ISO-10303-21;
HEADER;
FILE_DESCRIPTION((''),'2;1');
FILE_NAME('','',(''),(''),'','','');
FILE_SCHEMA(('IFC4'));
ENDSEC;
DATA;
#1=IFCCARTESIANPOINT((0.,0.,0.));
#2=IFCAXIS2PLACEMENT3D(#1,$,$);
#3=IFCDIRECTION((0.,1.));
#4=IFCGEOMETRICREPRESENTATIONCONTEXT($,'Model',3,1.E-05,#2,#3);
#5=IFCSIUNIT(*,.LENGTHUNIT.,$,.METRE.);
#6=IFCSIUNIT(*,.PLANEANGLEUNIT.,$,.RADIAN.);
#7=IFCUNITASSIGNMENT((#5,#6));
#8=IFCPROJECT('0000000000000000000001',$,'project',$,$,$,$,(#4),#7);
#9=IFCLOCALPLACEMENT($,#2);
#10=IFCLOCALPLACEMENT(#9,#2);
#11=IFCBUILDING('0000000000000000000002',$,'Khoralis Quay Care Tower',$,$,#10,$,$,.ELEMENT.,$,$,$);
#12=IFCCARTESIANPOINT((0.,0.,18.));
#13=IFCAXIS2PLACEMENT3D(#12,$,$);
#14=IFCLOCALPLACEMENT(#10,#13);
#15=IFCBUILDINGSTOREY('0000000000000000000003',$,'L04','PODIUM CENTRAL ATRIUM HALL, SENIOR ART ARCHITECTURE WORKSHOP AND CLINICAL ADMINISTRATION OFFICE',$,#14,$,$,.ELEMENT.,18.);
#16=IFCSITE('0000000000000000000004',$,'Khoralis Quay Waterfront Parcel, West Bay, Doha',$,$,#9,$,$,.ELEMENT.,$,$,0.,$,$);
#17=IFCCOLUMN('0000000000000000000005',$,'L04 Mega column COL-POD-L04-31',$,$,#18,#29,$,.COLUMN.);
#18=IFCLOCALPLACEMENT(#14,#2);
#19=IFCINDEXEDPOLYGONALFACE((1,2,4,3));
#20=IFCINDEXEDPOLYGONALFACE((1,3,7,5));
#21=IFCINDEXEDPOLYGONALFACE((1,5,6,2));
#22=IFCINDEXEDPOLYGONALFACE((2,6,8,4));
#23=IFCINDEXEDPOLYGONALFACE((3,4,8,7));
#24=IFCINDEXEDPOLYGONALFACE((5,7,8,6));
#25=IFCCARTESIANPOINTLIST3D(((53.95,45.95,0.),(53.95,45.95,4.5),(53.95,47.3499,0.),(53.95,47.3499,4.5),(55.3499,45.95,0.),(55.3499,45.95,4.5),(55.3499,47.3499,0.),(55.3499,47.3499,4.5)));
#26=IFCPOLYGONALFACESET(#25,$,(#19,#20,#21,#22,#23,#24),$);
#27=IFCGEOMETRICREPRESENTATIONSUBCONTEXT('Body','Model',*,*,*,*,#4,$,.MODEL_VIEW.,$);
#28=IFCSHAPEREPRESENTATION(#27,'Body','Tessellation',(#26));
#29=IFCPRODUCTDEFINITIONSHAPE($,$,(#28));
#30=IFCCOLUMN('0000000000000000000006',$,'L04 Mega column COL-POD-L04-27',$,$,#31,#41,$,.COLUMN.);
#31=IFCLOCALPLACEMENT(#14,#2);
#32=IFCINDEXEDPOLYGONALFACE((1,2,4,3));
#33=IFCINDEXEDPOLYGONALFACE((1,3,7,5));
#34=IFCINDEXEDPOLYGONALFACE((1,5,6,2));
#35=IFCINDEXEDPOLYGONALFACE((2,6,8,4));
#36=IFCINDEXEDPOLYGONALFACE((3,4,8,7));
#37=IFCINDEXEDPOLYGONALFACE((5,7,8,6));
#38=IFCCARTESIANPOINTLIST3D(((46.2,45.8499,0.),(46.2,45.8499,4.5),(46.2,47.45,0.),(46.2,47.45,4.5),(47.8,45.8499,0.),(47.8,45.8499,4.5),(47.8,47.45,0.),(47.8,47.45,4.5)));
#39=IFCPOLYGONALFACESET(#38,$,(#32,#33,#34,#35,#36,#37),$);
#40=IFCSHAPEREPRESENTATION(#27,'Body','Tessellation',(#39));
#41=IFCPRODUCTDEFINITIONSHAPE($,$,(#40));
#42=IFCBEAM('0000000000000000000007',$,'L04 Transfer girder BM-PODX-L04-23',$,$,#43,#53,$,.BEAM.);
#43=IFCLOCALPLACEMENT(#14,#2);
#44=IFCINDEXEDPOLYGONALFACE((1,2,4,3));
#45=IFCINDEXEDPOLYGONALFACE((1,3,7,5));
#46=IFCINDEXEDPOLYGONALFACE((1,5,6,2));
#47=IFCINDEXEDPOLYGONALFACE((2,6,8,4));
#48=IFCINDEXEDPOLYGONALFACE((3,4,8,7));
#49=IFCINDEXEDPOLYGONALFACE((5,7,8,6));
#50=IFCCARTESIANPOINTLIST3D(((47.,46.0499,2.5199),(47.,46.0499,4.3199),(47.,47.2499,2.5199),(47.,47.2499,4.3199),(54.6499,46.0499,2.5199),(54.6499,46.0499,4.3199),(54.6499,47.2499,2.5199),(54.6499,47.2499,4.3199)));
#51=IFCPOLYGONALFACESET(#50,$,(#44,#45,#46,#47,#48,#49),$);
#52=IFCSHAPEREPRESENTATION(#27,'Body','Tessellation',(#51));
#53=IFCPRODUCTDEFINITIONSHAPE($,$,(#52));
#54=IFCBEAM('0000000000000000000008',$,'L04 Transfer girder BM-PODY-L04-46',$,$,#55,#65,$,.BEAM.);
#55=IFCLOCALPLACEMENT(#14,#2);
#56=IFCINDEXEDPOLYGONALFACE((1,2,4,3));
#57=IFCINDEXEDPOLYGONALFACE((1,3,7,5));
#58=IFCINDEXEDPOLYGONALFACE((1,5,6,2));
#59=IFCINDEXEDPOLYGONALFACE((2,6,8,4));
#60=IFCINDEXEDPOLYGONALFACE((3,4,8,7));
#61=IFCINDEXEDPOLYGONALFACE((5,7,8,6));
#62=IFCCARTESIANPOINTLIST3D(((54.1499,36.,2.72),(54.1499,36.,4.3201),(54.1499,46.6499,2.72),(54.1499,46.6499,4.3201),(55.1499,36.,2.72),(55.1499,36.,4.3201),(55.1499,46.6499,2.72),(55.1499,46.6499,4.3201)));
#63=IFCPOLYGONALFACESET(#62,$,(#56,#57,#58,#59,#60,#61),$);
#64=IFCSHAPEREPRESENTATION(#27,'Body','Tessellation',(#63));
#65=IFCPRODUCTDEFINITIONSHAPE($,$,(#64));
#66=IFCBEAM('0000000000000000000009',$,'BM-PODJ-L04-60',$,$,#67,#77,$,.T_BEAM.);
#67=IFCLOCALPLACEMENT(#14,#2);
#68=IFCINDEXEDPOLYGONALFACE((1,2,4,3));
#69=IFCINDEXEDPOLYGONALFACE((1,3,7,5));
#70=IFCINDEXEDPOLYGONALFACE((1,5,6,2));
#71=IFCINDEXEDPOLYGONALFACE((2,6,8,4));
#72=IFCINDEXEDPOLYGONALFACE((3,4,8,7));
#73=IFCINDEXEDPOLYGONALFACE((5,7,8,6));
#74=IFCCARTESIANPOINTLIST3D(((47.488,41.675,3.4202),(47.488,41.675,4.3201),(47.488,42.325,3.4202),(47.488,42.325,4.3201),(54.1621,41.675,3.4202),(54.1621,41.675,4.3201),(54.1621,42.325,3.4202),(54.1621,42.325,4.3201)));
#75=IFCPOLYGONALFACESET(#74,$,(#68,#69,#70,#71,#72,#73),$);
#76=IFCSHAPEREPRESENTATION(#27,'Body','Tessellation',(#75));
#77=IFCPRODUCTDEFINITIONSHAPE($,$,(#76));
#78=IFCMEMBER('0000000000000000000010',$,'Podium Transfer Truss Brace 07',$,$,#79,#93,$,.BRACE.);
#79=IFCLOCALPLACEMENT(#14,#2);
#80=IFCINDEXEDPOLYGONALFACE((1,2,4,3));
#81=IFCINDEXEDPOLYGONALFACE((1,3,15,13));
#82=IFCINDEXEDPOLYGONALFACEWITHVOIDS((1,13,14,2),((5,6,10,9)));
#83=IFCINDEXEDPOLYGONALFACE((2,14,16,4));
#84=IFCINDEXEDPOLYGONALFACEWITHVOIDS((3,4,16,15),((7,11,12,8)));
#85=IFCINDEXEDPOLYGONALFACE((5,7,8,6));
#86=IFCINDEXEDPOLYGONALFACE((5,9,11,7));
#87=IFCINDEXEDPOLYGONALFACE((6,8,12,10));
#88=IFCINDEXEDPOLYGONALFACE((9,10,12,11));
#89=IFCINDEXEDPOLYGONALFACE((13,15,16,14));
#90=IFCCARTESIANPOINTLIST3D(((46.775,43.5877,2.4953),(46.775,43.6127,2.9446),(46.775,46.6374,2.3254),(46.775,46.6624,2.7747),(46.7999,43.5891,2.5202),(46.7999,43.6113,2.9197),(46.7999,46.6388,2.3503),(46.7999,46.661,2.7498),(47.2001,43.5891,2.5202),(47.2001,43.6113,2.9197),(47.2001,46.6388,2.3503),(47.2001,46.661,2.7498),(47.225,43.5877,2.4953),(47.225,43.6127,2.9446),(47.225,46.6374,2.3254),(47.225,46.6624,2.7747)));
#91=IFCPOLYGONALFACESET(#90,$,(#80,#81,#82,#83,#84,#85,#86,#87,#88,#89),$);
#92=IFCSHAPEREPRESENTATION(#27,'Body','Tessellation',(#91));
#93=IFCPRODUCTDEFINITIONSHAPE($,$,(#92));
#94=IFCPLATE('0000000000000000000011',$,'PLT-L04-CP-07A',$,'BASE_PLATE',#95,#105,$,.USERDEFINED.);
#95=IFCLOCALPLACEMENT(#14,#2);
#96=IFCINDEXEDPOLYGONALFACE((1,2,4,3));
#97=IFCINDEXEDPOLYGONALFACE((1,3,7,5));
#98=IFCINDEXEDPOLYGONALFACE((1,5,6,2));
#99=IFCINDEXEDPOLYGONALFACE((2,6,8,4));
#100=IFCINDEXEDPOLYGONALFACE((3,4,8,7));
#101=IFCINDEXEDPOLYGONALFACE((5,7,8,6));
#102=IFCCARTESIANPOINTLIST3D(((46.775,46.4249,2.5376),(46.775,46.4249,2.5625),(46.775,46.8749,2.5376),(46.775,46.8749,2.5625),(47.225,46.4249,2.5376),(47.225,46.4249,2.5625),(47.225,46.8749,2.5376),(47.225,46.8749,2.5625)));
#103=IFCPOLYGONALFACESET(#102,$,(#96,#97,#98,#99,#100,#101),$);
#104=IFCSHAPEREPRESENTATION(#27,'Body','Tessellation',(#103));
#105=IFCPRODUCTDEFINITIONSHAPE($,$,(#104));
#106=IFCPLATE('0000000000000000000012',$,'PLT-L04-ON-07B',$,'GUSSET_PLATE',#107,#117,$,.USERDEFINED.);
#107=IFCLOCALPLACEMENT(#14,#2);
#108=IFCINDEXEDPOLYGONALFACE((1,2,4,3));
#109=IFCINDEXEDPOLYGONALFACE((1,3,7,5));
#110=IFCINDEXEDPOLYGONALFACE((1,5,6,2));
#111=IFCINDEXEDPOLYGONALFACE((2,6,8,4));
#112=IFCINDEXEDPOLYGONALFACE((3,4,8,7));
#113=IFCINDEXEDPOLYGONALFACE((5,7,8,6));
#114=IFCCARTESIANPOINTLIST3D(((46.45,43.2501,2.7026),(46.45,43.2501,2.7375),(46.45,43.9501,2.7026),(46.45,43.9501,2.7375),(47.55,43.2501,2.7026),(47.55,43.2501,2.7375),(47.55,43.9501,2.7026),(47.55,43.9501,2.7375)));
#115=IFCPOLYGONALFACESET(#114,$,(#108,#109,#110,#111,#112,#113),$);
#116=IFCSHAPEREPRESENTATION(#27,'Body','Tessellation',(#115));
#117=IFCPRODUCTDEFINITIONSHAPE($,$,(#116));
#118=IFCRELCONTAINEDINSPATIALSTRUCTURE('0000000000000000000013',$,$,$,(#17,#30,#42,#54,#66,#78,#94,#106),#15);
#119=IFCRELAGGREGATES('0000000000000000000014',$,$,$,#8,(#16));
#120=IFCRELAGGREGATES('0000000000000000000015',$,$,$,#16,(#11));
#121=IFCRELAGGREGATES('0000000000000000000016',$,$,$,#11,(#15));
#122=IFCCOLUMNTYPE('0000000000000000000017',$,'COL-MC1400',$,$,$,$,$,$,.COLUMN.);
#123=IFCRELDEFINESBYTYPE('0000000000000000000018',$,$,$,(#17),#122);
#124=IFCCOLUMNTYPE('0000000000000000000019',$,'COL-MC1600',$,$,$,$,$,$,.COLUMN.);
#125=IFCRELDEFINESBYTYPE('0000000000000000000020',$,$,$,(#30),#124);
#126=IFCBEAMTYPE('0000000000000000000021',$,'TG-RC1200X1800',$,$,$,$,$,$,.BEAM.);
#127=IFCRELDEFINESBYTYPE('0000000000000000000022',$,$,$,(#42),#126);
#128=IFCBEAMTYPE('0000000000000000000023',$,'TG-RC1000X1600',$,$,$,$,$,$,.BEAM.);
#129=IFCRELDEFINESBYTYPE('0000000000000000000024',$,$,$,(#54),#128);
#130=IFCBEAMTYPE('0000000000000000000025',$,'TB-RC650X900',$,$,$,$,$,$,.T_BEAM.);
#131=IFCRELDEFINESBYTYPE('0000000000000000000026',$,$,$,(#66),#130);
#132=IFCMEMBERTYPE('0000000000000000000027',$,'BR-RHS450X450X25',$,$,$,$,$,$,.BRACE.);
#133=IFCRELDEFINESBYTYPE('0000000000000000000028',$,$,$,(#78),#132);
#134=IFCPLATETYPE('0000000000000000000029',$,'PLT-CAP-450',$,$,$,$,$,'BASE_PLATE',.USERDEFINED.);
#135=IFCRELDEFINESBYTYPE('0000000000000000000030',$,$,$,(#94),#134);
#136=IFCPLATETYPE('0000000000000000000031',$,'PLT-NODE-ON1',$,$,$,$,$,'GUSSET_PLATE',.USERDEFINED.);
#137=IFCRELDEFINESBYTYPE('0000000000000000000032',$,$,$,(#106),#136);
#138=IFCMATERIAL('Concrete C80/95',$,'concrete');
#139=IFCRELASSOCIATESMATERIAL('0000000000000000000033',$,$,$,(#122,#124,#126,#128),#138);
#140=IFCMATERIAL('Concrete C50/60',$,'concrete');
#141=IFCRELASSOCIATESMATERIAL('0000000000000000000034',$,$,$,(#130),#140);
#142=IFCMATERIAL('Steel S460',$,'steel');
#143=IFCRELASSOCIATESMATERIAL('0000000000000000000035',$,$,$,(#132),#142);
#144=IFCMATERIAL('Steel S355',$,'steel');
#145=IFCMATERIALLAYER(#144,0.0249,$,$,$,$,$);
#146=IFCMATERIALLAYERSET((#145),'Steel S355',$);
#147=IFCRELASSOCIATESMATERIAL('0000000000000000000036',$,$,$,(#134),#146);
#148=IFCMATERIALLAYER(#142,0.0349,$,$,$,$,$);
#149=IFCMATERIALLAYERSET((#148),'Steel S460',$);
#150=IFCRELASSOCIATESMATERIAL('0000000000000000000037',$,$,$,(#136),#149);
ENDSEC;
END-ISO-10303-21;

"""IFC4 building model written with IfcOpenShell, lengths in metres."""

from ifc_helpers import new_model, si_unit, direction, frame, origin, origin_2d, place, context, subcontext, project, spatial, rectangle, hollow_rectangle, extrude, source, transform, mapped, material, layer, layer_set, material_profile, profile_set, type_object, element, save


model = new_model("IFC4")

# Units and contexts
model_context = context("Model", 3, precision=1e-05, world=origin(), true_north=direction((0.0, 1.0)))
body_context = subcontext(model_context, "Body", "Model", "MODEL_VIEW")
ifc_project = project(units=[si_unit("LENGTHUNIT", "METRE"), si_unit("PLANEANGLEUNIT", "RADIAN")], contexts=[model_context])

# Site, building, storey
site_placement = place(None, origin())
site = spatial("IfcSite", under=ifc_project, at=site_placement, Name="Khoralis Quay Waterfront Parcel, West Bay, Doha", CompositionType="ELEMENT", RefElevation=0.0)
building_placement = place(site_placement, origin())
building = spatial("IfcBuilding", under=site, at=building_placement, Name="Khoralis Quay Care Tower", CompositionType="ELEMENT")
storey_placement = place(building_placement, frame((0.0, 0.0, 18.0)))
storey = spatial("IfcBuildingStorey", under=building, at=storey_placement, Name="L04", Description="PODIUM CENTRAL ATRIUM HALL, SENIOR ART ARCHITECTURE WORKSHOP AND CLINICAL ADMINISTRATION OFFICE", CompositionType="ELEMENT", Elevation=18.0)

# Columns
ifc_material_1 = material(Name="Concrete C80/95", Category="concrete")
ifc_material_profile_1 = material_profile(ifc_material_1, rectangle(XDim=1.3999, YDim=1.3999, at=origin_2d()), Name="Concrete C80/95")
ifc_profile_set_1 = profile_set([ifc_material_profile_1], Name="Concrete C80/95")
column_type_1 = type_object("IfcColumnType", Name="COL-MC1400", PredefinedType="COLUMN", material=ifc_profile_set_1)
shared_shape_1 = source(origin(), body_context, "Body", "SweptSolid", [
    extrude(rectangle(XDim=1.3999, YDim=1.3999, at=origin_2d()), origin(), (0.0, 0.0, 1.0), 4.5),
])
column_1_placement = place(storey_placement, frame((54.6499, 46.6499, 0.0), z_axis=(0.0, 0.0, 1.0), x_axis=(1.0, 0.0, 0.0)))
element("IfcColumn", 1, at=column_1_placement, inside=storey, type_object=column_type_1, Name="L04 Mega column COL-POD-L04-31", PredefinedType="COLUMN", context=body_context, shape_type="MappedRepresentation", body=[
    mapped(shared_shape_1, transform((0.0, 0.0, 0.0), scale=1.0)),
])
ifc_material_profile_2 = material_profile(ifc_material_1, rectangle(XDim=1.6001, YDim=1.6001, at=origin_2d()), Name="Concrete C80/95")
ifc_profile_set_2 = profile_set([ifc_material_profile_2], Name="Concrete C80/95")
column_type_2 = type_object("IfcColumnType", Name="COL-MC1600", PredefinedType="COLUMN", material=ifc_profile_set_2)
shared_shape_2 = source(origin(), body_context, "Body", "SweptSolid", [
    extrude(rectangle(XDim=1.6001, YDim=1.6001, at=origin_2d()), origin(), (0.0, 0.0, 1.0), 4.5),
])
column_2_placement = place(storey_placement, frame((47.0, 46.6499, 0.0), z_axis=(0.0, 0.0, 1.0), x_axis=(1.0, 0.0, 0.0)))
element("IfcColumn", 2, at=column_2_placement, inside=storey, type_object=column_type_2, Name="L04 Mega column COL-POD-L04-27", PredefinedType="COLUMN", context=body_context, shape_type="MappedRepresentation", body=[
    mapped(shared_shape_2, transform((0.0, 0.0, 0.0), scale=1.0)),
])

# Beams
ifc_material_profile_3 = material_profile(ifc_material_1, rectangle(XDim=1.2, YDim=1.8, at=origin_2d()), Name="Concrete C80/95")
ifc_profile_set_3 = profile_set([ifc_material_profile_3], Name="Concrete C80/95")
beam_type_1 = type_object("IfcBeamType", Name="TG-RC1200X1800", PredefinedType="BEAM", material=ifc_profile_set_3)
shared_shape_3 = source(origin(), body_context, "Body", "SweptSolid", [
    extrude(rectangle(XDim=1.2, YDim=1.8, at=origin_2d()), origin(), (0.0, 0.0, 1.0), 7.6499),
])
beam_1_placement = place(storey_placement, frame((47.0, 46.6499, 3.4199), z_axis=(1.0, 0.0, 0.0), x_axis=(0.0, 1.0, 0.0)))
element("IfcBeam", 3, at=beam_1_placement, inside=storey, type_object=beam_type_1, Name="L04 Transfer girder BM-PODX-L04-23", PredefinedType="BEAM", context=body_context, shape_type="MappedRepresentation", body=[
    mapped(shared_shape_3, transform((0.0, 0.0, 0.0), scale=1.0)),
])
ifc_material_profile_4 = material_profile(ifc_material_1, rectangle(XDim=1.0, YDim=1.6001, at=origin_2d()), Name="Concrete C80/95")
ifc_profile_set_4 = profile_set([ifc_material_profile_4], Name="Concrete C80/95")
beam_type_2 = type_object("IfcBeamType", Name="TG-RC1000X1600", PredefinedType="BEAM", material=ifc_profile_set_4)
shared_shape_4 = source(origin(), body_context, "Body", "SweptSolid", [
    extrude(rectangle(XDim=1.0, YDim=1.6001, at=origin_2d()), origin(), (0.0, 0.0, 1.0), 10.6499),
])
beam_2_placement = place(storey_placement, frame((54.6499, 36.0, 3.52), z_axis=(0.0, 1.0, 0.0), x_axis=(-1.0, 0.0, 0.0)))
element("IfcBeam", 4, at=beam_2_placement, inside=storey, type_object=beam_type_2, Name="L04 Transfer girder BM-PODY-L04-46", PredefinedType="BEAM", context=body_context, shape_type="MappedRepresentation", body=[
    mapped(shared_shape_4, transform((0.0, 0.0, 0.0), scale=1.0)),
])
ifc_material_2 = material(Name="Concrete C50/60", Category="concrete")
ifc_material_profile_5 = material_profile(ifc_material_2, rectangle(XDim=0.6499, YDim=0.8999, at=origin_2d()), Name="Concrete C50/60")
ifc_profile_set_5 = profile_set([ifc_material_profile_5], Name="Concrete C50/60")
beam_type_3 = type_object("IfcBeamType", Name="TB-RC650X900", PredefinedType="T_BEAM", material=ifc_profile_set_5)
shared_shape_5 = source(origin(), body_context, "Body", "SweptSolid", [
    extrude(rectangle(XDim=0.6499, YDim=0.8999, at=origin_2d()), origin(), (0.0, 0.0, 1.0), 6.6741),
])
beam_3_placement = place(storey_placement, frame((47.488, 42.0, 3.8701), z_axis=(1.0, 0.0, 0.0), x_axis=(0.0, 1.0, 0.0)))
element("IfcBeam", 5, at=beam_3_placement, inside=storey, type_object=beam_type_3, Name="BM-PODJ-L04-60", PredefinedType="T_BEAM", context=body_context, shape_type="MappedRepresentation", body=[
    mapped(shared_shape_5, transform((0.0, 0.0, 0.0), scale=1.0)),
])

# Member
ifc_material_3 = material(Name="Steel S460", Category="steel")
ifc_material_profile_6 = material_profile(ifc_material_3, hollow_rectangle(XDim=0.45, YDim=0.45, WallThickness=0.0249, at=origin_2d()), Name="Steel S460")
ifc_profile_set_6 = profile_set([ifc_material_profile_6], Name="Steel S460")
member_type = type_object("IfcMemberType", Name="BR-RHS450X450X25", PredefinedType="BRACE", material=ifc_profile_set_6)
shared_shape_6 = source(origin(), body_context, "Body", "SweptSolid", [
    extrude(hollow_rectangle(XDim=0.45, YDim=0.45, WallThickness=0.0249, at=origin_2d()), origin(), (0.0, 0.0, 1.0), 3.0544),
])
member_placement = place(storey_placement, frame((47.0, 46.6499, 2.55), z_axis=(0.0, -0.998451, 0.055629), x_axis=(1.0, 0.0, 0.0)))
element("IfcMember", 6, at=member_placement, inside=storey, type_object=member_type, Name="Podium Transfer Truss Brace 07", PredefinedType="BRACE", context=body_context, shape_type="MappedRepresentation", body=[
    mapped(shared_shape_6, transform((0.0, 0.0, 0.0), scale=1.0)),
])

# Plates
ifc_material_4 = material(Name="Steel S355", Category="steel")
ifc_layer_1 = layer(ifc_material_4, 0.0249)
ifc_layer_set_1 = layer_set([ifc_layer_1], Name="Steel S355")
plate_type_1 = type_object("IfcPlateType", Name="PLT-CAP-450", ElementType="BASE_PLATE", PredefinedType="USERDEFINED", material=ifc_layer_set_1)
shared_shape_7 = source(origin(), body_context, "Body", "SweptSolid", [
    extrude(rectangle(XDim=0.45, YDim=0.45, at=origin_2d()), origin(), (0.0, 0.0, 1.0), 0.0249),
])
plate_1_placement = place(storey_placement, frame((47.0, 46.6499, 2.5376), z_axis=(0.0, 0.0, 1.0), x_axis=(1.0, 0.0, 0.0)))
element("IfcPlate", 7, at=plate_1_placement, inside=storey, type_object=plate_type_1, Name="PLT-L04-CP-07A", ObjectType="BASE_PLATE", PredefinedType="USERDEFINED", context=body_context, shape_type="MappedRepresentation", body=[
    mapped(shared_shape_7, transform((0.0, 0.0, 0.0), scale=1.0)),
])
ifc_layer_2 = layer(ifc_material_3, 0.0349)
ifc_layer_set_2 = layer_set([ifc_layer_2], Name="Steel S460")
plate_type_2 = type_object("IfcPlateType", Name="PLT-NODE-ON1", ElementType="GUSSET_PLATE", PredefinedType="USERDEFINED", material=ifc_layer_set_2)
shared_shape_8 = source(origin(), body_context, "Body", "SweptSolid", [
    extrude(rectangle(XDim=1.1001, YDim=0.7, at=origin_2d()), origin(), (0.0, 0.0, 1.0), 0.0349),
])
plate_2_placement = place(storey_placement, frame((47.0, 43.6001, 2.7026), z_axis=(0.0, 0.0, 1.0), x_axis=(1.0, 0.0, 0.0)))
element("IfcPlate", 8, at=plate_2_placement, inside=storey, type_object=plate_type_2, Name="PLT-L04-ON-07B", ObjectType="GUSSET_PLATE", PredefinedType="USERDEFINED", context=body_context, shape_type="MappedRepresentation", body=[
    mapped(shared_shape_8, transform((0.0, 0.0, 0.0), scale=1.0)),
])

save(model, "model.ifc")
